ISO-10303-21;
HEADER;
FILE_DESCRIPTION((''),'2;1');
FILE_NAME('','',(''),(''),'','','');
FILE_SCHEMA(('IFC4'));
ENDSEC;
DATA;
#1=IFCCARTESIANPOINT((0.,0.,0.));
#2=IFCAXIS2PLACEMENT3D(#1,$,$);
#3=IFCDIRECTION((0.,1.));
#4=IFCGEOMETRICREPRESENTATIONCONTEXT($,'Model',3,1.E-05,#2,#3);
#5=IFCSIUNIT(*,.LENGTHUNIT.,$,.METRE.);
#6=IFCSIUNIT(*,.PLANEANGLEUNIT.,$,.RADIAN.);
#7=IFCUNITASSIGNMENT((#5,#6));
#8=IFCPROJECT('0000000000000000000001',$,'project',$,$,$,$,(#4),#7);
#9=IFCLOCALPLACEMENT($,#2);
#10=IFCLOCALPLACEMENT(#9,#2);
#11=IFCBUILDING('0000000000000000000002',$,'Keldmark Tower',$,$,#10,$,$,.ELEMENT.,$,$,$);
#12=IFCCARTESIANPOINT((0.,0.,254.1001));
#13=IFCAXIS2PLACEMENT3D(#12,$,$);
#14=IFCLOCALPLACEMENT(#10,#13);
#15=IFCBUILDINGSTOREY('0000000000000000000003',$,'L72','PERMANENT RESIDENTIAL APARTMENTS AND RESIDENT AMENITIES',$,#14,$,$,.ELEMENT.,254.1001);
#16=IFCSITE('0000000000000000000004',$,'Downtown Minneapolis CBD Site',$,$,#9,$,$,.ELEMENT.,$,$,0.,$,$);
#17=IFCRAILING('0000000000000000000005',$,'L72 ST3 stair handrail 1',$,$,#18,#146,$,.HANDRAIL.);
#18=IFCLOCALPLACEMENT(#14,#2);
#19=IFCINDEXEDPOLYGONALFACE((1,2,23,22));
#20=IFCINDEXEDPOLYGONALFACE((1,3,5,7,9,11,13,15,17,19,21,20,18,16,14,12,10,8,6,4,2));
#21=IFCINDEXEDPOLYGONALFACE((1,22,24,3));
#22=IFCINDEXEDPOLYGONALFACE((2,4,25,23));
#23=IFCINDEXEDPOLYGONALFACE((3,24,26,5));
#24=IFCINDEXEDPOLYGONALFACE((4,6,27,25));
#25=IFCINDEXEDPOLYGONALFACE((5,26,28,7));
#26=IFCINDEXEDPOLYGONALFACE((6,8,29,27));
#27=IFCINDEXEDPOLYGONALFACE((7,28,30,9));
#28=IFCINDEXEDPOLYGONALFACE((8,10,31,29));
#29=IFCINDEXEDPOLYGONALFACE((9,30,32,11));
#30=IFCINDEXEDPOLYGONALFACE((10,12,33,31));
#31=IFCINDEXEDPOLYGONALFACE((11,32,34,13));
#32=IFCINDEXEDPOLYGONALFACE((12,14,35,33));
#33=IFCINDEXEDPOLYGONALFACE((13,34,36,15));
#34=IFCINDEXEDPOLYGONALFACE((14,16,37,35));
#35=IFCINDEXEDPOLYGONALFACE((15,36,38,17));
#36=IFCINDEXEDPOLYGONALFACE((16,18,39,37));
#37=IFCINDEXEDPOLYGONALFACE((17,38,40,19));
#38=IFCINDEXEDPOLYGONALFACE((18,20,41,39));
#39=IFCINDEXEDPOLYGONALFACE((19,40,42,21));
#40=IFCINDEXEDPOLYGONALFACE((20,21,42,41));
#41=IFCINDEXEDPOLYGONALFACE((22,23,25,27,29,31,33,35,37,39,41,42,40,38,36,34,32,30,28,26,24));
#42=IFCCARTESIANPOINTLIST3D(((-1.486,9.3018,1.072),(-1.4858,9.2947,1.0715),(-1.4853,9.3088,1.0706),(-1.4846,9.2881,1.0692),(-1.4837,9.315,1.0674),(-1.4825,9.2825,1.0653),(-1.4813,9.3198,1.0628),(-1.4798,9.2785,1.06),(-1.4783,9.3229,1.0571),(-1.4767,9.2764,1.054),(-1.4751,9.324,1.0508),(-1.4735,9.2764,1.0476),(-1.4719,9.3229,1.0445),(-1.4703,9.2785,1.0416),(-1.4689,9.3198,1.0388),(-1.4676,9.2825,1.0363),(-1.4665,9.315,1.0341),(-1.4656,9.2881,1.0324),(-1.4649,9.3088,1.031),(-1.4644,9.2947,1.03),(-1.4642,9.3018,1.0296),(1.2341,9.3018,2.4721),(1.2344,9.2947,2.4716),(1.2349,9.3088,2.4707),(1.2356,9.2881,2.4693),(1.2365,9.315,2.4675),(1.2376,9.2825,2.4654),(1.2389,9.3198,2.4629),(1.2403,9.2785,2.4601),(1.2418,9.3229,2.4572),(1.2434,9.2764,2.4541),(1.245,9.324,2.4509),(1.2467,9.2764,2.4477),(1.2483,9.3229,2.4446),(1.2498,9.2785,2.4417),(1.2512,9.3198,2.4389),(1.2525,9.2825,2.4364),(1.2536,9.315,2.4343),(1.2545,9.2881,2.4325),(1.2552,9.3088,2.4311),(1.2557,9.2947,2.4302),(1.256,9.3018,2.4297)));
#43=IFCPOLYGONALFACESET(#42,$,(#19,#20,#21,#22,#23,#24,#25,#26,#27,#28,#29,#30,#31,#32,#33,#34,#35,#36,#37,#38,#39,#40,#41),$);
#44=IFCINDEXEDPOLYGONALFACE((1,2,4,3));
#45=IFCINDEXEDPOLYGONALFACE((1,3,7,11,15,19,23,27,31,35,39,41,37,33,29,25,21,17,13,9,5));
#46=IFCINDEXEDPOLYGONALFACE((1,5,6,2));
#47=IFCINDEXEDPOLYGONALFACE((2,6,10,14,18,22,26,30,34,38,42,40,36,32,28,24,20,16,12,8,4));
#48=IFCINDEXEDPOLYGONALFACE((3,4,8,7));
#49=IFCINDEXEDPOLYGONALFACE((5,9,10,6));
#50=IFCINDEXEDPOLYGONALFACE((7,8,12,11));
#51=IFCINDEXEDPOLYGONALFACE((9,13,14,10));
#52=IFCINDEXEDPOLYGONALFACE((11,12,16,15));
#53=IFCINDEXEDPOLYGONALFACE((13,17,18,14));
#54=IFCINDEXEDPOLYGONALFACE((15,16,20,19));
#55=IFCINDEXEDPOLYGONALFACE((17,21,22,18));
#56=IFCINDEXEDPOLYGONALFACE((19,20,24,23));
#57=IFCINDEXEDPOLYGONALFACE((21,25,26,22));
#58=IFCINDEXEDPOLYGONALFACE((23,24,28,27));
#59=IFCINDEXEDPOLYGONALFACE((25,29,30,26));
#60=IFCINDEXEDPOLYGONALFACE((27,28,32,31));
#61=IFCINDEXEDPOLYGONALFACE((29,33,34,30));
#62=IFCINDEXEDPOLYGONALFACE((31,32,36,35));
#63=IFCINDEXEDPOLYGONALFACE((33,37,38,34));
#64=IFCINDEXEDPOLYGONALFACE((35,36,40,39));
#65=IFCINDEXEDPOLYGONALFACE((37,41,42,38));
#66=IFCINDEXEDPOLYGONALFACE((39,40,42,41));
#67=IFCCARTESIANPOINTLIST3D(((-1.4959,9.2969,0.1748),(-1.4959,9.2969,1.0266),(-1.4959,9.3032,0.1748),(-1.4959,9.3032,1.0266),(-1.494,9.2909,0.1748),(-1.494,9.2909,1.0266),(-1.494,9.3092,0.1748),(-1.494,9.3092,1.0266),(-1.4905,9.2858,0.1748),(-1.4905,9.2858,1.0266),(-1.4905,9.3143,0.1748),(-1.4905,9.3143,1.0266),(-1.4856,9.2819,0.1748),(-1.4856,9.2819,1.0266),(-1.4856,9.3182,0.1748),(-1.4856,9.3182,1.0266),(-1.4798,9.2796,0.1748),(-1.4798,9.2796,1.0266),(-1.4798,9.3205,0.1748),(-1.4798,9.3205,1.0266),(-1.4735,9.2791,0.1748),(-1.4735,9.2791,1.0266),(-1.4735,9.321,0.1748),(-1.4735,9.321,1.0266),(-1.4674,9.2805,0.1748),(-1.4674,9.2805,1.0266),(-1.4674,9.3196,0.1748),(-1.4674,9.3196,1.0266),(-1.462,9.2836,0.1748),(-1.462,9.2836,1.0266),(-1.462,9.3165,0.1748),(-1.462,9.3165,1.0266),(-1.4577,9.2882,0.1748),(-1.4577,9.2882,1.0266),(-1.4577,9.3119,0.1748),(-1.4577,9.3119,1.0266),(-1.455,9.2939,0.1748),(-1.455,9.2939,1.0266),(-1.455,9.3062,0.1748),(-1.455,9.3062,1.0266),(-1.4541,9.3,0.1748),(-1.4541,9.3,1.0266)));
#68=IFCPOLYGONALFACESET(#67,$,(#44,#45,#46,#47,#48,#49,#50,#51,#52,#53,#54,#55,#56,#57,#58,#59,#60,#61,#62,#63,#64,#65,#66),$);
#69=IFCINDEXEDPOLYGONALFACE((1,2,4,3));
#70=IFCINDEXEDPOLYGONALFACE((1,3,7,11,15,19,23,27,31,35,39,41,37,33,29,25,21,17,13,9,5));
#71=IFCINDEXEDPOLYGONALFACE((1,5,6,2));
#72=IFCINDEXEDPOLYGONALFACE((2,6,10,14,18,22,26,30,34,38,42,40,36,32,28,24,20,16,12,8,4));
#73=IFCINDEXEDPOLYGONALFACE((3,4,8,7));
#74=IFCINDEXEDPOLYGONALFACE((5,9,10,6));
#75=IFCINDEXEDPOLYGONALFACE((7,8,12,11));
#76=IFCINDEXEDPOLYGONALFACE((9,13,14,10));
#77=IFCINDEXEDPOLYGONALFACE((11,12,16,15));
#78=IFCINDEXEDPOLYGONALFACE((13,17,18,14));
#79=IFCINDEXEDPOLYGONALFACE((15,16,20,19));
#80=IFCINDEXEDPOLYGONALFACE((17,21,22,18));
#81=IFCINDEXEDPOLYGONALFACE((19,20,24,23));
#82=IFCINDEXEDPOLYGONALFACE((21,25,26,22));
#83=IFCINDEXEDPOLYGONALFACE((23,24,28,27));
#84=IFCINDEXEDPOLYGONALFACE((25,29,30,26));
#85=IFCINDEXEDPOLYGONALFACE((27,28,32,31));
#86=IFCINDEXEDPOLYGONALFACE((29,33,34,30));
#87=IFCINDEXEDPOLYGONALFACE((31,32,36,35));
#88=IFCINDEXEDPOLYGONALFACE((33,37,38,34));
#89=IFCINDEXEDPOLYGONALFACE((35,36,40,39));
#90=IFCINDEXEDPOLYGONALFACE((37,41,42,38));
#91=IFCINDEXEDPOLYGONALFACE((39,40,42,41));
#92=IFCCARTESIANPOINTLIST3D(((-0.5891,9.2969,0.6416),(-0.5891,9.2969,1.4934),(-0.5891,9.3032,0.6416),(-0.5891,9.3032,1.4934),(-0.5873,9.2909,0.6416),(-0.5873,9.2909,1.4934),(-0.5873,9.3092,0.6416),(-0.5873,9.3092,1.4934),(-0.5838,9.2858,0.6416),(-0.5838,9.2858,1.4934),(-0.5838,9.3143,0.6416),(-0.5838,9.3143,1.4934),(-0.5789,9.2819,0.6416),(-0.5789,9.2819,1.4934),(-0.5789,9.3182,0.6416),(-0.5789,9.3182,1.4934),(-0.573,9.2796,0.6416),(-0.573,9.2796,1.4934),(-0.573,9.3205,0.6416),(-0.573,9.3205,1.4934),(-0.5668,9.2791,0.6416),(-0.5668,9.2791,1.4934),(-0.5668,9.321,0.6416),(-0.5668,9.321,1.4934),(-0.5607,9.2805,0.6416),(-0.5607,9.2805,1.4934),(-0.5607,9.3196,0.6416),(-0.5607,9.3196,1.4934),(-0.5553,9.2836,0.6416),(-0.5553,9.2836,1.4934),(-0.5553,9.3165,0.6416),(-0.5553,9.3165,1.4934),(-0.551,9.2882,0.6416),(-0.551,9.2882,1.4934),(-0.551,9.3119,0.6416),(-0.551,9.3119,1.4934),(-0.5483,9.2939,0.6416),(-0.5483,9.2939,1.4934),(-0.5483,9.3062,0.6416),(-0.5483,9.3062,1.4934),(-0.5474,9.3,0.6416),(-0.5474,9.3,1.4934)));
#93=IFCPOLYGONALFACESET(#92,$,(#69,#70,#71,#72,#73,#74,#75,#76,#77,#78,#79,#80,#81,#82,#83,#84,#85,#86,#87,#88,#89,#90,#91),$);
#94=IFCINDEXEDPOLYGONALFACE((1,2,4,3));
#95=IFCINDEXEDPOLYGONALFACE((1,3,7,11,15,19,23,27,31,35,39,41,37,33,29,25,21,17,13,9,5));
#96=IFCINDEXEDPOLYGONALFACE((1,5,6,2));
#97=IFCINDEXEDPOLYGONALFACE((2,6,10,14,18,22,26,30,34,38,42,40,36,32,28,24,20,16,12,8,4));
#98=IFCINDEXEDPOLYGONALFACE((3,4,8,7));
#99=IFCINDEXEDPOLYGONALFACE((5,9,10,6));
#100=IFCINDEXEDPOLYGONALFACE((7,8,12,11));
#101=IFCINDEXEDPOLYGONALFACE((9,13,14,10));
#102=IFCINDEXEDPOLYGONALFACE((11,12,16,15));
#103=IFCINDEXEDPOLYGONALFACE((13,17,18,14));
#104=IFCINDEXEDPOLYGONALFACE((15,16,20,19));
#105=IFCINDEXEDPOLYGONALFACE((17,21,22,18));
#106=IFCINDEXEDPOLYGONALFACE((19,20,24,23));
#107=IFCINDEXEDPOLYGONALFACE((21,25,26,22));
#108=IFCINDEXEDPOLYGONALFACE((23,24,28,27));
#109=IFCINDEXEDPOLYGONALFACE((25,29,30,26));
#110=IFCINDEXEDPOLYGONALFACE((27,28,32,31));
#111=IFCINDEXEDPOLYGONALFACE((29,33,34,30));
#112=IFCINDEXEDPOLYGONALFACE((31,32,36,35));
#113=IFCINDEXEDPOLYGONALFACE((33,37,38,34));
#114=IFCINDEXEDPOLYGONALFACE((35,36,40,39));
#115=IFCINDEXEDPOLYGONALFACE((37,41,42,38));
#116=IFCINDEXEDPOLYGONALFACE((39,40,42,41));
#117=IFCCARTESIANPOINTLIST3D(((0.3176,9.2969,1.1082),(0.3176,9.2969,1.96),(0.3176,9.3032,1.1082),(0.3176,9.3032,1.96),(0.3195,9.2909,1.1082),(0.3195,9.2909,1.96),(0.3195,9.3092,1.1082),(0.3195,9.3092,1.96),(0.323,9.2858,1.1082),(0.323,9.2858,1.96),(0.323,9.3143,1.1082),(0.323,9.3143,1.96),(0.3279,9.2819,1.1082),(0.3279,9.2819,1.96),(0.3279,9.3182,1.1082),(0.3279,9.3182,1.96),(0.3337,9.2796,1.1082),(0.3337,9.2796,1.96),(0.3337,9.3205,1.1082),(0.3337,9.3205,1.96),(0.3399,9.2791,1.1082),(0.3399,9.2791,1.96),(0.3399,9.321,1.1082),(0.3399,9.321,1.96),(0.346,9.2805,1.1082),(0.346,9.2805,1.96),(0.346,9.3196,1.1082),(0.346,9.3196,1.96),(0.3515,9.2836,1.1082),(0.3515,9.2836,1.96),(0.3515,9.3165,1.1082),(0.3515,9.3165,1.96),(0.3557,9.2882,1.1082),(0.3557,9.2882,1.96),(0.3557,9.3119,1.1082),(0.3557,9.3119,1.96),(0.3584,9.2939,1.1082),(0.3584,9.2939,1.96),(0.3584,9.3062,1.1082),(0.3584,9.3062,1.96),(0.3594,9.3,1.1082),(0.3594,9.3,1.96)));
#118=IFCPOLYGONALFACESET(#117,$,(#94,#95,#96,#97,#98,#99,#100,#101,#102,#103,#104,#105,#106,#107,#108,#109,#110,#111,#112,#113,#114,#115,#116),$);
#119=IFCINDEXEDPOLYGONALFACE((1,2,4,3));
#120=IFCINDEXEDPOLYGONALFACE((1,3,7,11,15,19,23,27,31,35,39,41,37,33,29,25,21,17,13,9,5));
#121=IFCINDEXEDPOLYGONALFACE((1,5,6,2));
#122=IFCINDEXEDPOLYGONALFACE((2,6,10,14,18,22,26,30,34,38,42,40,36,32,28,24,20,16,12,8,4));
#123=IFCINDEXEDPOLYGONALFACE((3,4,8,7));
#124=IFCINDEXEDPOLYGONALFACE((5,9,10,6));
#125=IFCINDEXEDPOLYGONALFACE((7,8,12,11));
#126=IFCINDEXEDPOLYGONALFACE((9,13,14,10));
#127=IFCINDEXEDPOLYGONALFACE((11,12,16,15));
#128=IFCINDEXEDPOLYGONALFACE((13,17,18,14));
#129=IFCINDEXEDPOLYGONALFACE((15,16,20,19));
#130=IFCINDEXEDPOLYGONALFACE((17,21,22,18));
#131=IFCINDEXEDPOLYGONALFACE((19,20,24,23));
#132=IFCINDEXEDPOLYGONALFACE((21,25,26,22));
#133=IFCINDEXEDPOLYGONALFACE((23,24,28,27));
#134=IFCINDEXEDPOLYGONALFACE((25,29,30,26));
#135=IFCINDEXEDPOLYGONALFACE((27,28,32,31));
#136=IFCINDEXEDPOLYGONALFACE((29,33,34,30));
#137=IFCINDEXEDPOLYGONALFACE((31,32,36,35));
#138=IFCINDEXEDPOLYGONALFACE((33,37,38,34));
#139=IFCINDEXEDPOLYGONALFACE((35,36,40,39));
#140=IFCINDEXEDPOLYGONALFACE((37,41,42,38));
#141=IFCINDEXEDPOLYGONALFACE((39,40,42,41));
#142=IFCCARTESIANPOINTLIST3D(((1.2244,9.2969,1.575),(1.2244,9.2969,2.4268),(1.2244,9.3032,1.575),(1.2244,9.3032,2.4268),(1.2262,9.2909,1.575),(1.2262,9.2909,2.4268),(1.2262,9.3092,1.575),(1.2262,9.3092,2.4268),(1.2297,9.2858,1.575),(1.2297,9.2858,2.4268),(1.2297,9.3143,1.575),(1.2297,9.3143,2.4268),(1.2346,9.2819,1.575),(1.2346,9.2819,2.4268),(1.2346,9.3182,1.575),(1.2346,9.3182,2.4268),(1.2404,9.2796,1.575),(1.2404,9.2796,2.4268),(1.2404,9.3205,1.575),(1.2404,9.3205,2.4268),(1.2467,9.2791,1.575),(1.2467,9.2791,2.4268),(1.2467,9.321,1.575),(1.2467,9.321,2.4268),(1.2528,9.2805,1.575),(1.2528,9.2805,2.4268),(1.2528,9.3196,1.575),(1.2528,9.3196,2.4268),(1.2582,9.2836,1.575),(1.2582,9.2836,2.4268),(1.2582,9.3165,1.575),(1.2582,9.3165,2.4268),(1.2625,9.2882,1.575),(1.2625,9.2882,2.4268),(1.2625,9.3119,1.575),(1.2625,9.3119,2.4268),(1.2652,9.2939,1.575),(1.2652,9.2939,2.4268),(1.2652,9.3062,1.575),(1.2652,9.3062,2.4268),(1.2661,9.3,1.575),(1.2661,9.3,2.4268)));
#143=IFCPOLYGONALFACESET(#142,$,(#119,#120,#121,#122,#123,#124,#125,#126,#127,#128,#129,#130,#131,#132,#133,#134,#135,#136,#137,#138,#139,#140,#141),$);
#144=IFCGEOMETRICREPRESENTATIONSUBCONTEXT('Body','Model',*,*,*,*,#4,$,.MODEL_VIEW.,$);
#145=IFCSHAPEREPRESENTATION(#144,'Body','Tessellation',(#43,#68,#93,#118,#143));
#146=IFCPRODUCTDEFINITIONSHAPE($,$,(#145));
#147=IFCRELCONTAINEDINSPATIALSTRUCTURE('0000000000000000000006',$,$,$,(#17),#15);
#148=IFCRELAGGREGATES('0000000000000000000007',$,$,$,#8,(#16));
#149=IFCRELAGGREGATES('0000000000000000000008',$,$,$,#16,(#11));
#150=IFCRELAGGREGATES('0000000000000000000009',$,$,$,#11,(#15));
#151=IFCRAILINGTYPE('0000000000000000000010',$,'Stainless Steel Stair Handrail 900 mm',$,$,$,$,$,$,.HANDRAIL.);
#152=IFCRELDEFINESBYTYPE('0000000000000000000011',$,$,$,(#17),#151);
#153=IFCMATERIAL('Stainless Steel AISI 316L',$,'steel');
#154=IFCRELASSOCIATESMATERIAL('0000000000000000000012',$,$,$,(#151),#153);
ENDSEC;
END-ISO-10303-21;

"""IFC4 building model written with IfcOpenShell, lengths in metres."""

from ifc_helpers import new_model, si_unit, direction, frame, origin, origin_2d, place, context, subcontext, project, spatial, circle, extrude, material, type_object, element, save


model = new_model("IFC4")

# Units and contexts
model_context = context("Model", 3, precision=1e-05, world=origin(), true_north=direction((0.0, 1.0)))
body_context = subcontext(model_context, "Body", "Model", "MODEL_VIEW")
ifc_project = project(units=[si_unit("LENGTHUNIT", "METRE"), si_unit("PLANEANGLEUNIT", "RADIAN")], contexts=[model_context])

# Site, building, storey
site_placement = place(None, origin())
site = spatial("IfcSite", under=ifc_project, at=site_placement, Name="Downtown Minneapolis CBD Site", CompositionType="ELEMENT", RefElevation=0.0)
building_placement = place(site_placement, origin())
building = spatial("IfcBuilding", under=site, at=building_placement, Name="Keldmark Tower", CompositionType="ELEMENT")
storey_placement = place(building_placement, frame((0.0, 0.0, 254.1001)))
storey = spatial("IfcBuildingStorey", under=building, at=storey_placement, Name="L72", Description="PERMANENT RESIDENTIAL APARTMENTS AND RESIDENT AMENITIES", CompositionType="ELEMENT", Elevation=254.1001)

# Railing
ifc_material_1 = material(Name="Stainless Steel AISI 316L", Category="steel")
railing_type_1 = type_object("IfcRailingType", Name="Stainless Steel Stair Handrail 900 mm", PredefinedType="HANDRAIL", material=ifc_material_1)
railing_1_placement = place(storey_placement, frame((-1.4751, 9.3, 0.1748)))
element("IfcRailing", 1, at=railing_1_placement, inside=storey, type_object=railing_type_1, Name="L72 ST3 stair handrail 1", PredefinedType="HANDRAIL", context=body_context, shape_type="SweptSolid", body=[
    extrude(circle(Radius=0.0239, at=origin_2d()), frame((0.0, 0.0, 0.876), z_axis=(0.889131, 0.0, 0.457653), x_axis=(0.0, 1.0, 0.0)), (0.0, 0.0, 1.0), 3.0593),
    extrude(circle(Radius=0.021, at=origin_2d()), origin(), (0.0, 0.0, 1.0), 0.8518),
    extrude(circle(Radius=0.021, at=origin_2d()), frame((0.9067, 0.0, 0.4668)), (0.0, 0.0, 1.0), 0.8518),
    extrude(circle(Radius=0.021, at=origin_2d()), frame((1.8135, 0.0, 0.9333)), (0.0, 0.0, 1.0), 0.8518),
    extrude(circle(Radius=0.021, at=origin_2d()), frame((2.7202, 0.0, 1.4001)), (0.0, 0.0, 1.0), 0.8518),
])

save(model, "model.ifc")
